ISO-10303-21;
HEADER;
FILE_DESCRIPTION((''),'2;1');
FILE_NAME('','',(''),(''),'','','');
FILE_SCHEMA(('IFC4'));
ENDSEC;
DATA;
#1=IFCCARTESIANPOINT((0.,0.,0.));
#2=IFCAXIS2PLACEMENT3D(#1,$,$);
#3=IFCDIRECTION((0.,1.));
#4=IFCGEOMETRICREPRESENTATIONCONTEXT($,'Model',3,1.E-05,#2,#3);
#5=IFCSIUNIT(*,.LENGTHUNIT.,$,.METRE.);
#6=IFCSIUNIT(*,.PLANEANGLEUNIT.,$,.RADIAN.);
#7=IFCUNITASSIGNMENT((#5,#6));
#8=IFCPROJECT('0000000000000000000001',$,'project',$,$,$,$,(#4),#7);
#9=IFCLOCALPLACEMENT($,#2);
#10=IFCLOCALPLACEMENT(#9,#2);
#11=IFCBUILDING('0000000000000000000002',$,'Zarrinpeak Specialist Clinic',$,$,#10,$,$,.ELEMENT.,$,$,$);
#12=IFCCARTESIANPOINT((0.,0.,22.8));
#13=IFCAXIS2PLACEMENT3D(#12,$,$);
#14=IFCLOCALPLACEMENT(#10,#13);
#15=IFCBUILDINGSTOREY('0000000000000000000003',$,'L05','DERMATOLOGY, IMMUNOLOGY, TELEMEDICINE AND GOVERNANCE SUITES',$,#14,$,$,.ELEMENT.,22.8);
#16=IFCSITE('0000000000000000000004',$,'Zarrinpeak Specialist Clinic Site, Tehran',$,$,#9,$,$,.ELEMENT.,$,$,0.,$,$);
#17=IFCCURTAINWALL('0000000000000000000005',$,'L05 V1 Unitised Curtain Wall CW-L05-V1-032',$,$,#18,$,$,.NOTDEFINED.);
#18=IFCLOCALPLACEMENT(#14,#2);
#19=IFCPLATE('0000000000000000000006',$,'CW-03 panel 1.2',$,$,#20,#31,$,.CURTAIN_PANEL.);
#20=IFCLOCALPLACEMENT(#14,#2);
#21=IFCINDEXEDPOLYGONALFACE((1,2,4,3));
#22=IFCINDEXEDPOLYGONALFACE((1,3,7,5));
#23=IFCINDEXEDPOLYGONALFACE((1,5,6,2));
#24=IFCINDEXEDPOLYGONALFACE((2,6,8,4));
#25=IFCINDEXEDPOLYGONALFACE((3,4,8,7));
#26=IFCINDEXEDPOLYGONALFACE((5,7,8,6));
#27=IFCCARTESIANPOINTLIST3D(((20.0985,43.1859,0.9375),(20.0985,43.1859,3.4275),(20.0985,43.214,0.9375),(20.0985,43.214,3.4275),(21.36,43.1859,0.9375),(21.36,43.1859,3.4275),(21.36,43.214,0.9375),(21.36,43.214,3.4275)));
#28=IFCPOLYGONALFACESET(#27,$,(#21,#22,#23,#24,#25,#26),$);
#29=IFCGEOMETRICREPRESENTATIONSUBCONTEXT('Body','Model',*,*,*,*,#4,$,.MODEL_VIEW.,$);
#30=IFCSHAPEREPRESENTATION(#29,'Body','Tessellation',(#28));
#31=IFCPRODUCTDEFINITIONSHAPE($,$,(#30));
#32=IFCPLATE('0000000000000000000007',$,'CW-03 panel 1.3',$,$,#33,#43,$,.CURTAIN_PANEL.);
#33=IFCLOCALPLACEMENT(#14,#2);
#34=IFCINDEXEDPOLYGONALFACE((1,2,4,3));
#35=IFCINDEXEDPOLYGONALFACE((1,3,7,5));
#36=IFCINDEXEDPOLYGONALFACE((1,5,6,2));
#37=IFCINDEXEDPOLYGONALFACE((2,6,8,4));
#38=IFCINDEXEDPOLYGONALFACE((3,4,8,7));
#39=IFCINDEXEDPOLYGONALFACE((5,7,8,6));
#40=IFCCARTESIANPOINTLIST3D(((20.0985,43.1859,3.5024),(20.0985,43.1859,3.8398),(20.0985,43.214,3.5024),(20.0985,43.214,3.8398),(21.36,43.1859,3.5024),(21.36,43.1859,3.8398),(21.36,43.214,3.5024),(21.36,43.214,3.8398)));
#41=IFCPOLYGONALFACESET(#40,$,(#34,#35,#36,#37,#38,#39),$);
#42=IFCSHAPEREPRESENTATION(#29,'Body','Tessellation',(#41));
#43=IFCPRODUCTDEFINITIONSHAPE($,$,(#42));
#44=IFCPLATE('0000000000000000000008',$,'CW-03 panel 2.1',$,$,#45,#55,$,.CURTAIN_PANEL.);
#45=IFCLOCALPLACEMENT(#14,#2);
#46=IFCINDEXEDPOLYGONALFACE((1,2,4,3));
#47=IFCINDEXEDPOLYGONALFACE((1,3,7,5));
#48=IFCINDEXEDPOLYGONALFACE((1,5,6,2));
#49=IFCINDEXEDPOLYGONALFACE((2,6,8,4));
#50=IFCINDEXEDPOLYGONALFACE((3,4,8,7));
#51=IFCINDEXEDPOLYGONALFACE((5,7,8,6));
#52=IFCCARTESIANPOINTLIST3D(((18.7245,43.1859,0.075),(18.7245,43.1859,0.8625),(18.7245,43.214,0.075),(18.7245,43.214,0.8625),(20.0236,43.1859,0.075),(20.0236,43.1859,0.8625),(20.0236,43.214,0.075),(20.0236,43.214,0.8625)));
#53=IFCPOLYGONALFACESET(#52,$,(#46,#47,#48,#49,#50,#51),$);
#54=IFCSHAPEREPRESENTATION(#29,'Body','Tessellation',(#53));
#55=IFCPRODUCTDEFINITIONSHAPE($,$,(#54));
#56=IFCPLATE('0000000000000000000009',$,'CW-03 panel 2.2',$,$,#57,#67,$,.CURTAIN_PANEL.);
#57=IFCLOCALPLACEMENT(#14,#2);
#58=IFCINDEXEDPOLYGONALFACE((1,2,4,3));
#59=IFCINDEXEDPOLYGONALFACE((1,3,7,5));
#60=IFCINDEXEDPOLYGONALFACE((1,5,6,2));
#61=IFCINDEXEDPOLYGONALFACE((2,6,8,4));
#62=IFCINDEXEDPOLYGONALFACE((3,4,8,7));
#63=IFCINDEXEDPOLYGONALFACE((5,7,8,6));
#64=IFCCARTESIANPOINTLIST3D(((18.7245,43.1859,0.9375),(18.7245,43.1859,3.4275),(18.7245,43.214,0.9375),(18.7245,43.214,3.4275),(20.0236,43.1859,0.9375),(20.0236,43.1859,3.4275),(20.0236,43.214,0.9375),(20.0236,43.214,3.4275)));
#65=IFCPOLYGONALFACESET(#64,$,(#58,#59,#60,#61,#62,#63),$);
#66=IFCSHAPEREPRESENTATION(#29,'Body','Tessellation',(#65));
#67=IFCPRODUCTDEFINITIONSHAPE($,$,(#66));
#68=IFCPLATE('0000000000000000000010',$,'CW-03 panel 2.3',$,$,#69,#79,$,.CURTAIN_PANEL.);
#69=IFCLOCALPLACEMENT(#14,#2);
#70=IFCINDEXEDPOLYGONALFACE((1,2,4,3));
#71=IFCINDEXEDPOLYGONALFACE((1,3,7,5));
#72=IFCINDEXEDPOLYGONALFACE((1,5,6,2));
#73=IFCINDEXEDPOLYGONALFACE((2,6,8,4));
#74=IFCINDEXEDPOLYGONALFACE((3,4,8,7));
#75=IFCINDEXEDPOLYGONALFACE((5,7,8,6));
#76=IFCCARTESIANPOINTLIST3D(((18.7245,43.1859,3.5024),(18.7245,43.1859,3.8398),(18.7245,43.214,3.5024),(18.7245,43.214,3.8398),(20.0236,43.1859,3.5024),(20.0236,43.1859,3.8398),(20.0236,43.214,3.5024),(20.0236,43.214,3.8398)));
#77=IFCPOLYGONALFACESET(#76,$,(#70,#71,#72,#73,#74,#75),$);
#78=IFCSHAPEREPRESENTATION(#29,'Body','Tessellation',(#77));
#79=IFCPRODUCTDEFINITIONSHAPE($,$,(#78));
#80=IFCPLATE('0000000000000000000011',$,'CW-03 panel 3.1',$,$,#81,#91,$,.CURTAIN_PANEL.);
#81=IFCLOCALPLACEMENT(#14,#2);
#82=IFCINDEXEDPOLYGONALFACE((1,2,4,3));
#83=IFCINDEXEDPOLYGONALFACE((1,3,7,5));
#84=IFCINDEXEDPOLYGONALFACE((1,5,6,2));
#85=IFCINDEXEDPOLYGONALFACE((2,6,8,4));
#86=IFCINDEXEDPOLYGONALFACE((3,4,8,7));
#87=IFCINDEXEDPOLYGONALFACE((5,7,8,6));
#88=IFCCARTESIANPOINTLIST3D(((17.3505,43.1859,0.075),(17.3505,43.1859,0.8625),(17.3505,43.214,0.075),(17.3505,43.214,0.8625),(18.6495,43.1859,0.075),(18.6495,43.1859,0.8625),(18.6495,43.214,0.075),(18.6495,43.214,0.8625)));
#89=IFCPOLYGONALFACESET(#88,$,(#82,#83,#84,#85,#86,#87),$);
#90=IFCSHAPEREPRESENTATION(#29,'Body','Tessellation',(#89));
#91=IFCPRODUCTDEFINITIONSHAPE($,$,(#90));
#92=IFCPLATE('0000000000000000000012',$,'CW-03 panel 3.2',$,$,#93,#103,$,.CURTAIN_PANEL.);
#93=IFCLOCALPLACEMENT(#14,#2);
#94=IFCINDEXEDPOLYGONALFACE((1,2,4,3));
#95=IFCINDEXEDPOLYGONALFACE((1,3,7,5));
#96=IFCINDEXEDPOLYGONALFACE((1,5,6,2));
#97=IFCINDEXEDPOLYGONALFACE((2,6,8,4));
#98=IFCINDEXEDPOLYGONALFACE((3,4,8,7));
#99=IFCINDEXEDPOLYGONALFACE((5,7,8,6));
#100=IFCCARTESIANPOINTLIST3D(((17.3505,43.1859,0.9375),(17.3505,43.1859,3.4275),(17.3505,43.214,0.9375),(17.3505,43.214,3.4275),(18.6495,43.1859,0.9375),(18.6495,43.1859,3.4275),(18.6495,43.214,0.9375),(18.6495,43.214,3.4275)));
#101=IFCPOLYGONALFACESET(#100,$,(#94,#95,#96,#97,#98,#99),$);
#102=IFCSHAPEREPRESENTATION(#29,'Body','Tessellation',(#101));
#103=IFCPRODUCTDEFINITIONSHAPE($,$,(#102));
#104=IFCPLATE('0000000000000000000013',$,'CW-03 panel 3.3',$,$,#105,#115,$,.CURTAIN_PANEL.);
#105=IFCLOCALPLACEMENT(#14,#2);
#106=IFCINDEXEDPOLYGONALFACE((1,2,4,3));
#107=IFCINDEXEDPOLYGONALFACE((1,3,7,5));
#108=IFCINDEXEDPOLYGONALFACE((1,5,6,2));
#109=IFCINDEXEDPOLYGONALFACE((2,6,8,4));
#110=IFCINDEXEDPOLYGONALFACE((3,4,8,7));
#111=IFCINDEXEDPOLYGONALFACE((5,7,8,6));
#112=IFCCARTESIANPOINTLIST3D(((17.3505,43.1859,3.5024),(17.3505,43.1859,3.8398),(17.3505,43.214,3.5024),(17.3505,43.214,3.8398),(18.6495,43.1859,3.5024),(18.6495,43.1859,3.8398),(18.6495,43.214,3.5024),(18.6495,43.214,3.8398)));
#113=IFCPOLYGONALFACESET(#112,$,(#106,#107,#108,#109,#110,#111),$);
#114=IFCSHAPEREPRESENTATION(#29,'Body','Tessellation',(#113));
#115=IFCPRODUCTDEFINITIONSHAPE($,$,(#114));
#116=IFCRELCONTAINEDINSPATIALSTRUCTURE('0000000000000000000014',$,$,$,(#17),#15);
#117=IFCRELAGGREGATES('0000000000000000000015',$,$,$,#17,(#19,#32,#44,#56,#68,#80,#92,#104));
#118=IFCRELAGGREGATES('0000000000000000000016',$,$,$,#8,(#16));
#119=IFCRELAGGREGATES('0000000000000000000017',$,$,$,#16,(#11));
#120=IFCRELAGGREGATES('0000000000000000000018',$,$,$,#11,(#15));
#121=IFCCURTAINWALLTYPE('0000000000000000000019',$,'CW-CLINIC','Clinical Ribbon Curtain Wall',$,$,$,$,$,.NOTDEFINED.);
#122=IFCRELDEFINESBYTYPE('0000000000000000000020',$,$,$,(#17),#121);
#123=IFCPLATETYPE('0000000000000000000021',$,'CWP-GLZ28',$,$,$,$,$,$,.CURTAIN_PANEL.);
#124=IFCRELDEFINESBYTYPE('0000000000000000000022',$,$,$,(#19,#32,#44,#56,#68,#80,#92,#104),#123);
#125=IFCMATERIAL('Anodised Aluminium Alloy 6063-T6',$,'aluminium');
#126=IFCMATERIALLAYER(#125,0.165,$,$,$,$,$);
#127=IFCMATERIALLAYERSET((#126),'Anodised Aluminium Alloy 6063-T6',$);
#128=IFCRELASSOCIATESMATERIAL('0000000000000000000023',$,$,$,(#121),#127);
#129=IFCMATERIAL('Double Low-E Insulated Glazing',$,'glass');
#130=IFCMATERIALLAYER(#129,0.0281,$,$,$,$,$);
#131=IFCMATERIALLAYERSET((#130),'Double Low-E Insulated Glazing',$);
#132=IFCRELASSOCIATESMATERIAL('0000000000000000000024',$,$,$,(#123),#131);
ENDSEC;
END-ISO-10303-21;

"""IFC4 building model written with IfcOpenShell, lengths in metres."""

from ifc_helpers import new_model, si_unit, direction, frame, origin, origin_2d, place, context, subcontext, project, spatial, rectangle, extrude, material, layer, layer_set, type_object, element, aggregate, save


model = new_model("IFC4")

# Units and contexts
model_context = context("Model", 3, precision=1e-05, world=origin(), true_north=direction((0.0, 1.0)))
body_context = subcontext(model_context, "Body", "Model", "MODEL_VIEW")
ifc_project = project(units=[si_unit("LENGTHUNIT", "METRE"), si_unit("PLANEANGLEUNIT", "RADIAN")], contexts=[model_context])

# Site, building, storey
site_placement = place(None, origin())
site = spatial("IfcSite", under=ifc_project, at=site_placement, Name="Zarrinpeak Specialist Clinic Site, Tehran", CompositionType="ELEMENT", RefElevation=0.0)
building_placement = place(site_placement, origin())
building = spatial("IfcBuilding", under=site, at=building_placement, Name="Zarrinpeak Specialist Clinic", CompositionType="ELEMENT")
storey_placement = place(building_placement, frame((0.0, 0.0, 22.8)))
storey = spatial("IfcBuildingStorey", under=building, at=storey_placement, Name="L05", Description="DERMATOLOGY, IMMUNOLOGY, TELEMEDICINE AND GOVERNANCE SUITES", CompositionType="ELEMENT", Elevation=22.8)

# Curtain wall, plates
ifc_material_1 = material(Name="Anodised Aluminium Alloy 6063-T6", Category="aluminium")
ifc_layer_1 = layer(ifc_material_1, 0.165)
ifc_layer_set_1 = layer_set([ifc_layer_1], Name="Anodised Aluminium Alloy 6063-T6")
curtain_wall_type = type_object("IfcCurtainWallType", Name="CW-CLINIC", Description="Clinical Ribbon Curtain Wall", PredefinedType="NOTDEFINED", material=ifc_layer_set_1)
curtain_wall_placement = place(storey_placement, origin())
curtain_wall = element("IfcCurtainWall", 1, at=curtain_wall_placement, inside=storey, type_object=curtain_wall_type, Name="L05 V1 Unitised Curtain Wall CW-L05-V1-032", PredefinedType="NOTDEFINED")
ifc_material_2 = material(Name="Double Low-E Insulated Glazing", Category="glass")
ifc_layer_2 = layer(ifc_material_2, 0.0281)
ifc_layer_set_2 = layer_set([ifc_layer_2], Name="Double Low-E Insulated Glazing")
plate_type = type_object("IfcPlateType", Name="CWP-GLZ28", PredefinedType="CURTAIN_PANEL", material=ifc_layer_set_2)
plate_1_placement = place(storey_placement, frame((20.7292, 43.2, 0.9375), z_axis=(0.0, 0.0, 1.0), x_axis=(-1.0, 0.0, 0.0)))
plate_1 = element("IfcPlate", 2, at=plate_1_placement, type_object=plate_type, Name="CW-03 panel 1.2", PredefinedType="CURTAIN_PANEL", context=body_context, shape_type="SweptSolid", body=[
    extrude(rectangle(XDim=1.2615, YDim=0.0281, at=origin_2d()), origin(), (0.0, 0.0, 1.0), 2.49),
])
plate_2_placement = place(storey_placement, frame((20.7292, 43.2, 3.5024), z_axis=(0.0, 0.0, 1.0), x_axis=(-1.0, 0.0, 0.0)))
plate_2 = element("IfcPlate", 3, at=plate_2_placement, type_object=plate_type, Name="CW-03 panel 1.3", PredefinedType="CURTAIN_PANEL", context=body_context, shape_type="SweptSolid", body=[
    extrude(rectangle(XDim=1.2615, YDim=0.0281, at=origin_2d()), origin(), (0.0, 0.0, 1.0), 0.3374),
])
plate_3_placement = place(storey_placement, frame((19.374, 43.2, 0.075), z_axis=(0.0, 0.0, 1.0), x_axis=(-1.0, 0.0, 0.0)))
plate_3 = element("IfcPlate", 4, at=plate_3_placement, type_object=plate_type, Name="CW-03 panel 2.1", PredefinedType="CURTAIN_PANEL", context=body_context, shape_type="SweptSolid", body=[
    extrude(rectangle(XDim=1.2991, YDim=0.0281, at=origin_2d()), origin(), (0.0, 0.0, 1.0), 0.7876),
])
plate_4_placement = place(storey_placement, frame((19.374, 43.2, 0.9375), z_axis=(0.0, 0.0, 1.0), x_axis=(-1.0, 0.0, 0.0)))
plate_4 = element("IfcPlate", 5, at=plate_4_placement, type_object=plate_type, Name="CW-03 panel 2.2", PredefinedType="CURTAIN_PANEL", context=body_context, shape_type="SweptSolid", body=[
    extrude(rectangle(XDim=1.2991, YDim=0.0281, at=origin_2d()), origin(), (0.0, 0.0, 1.0), 2.49),
])
plate_5_placement = place(storey_placement, frame((19.374, 43.2, 3.5024), z_axis=(0.0, 0.0, 1.0), x_axis=(-1.0, 0.0, 0.0)))
plate_5 = element("IfcPlate", 6, at=plate_5_placement, type_object=plate_type, Name="CW-03 panel 2.3", PredefinedType="CURTAIN_PANEL", context=body_context, shape_type="SweptSolid", body=[
    extrude(rectangle(XDim=1.2991, YDim=0.0281, at=origin_2d()), origin(), (0.0, 0.0, 1.0), 0.3374),
])
plate_6_placement = place(storey_placement, frame((18.0, 43.2, 0.075), z_axis=(0.0, 0.0, 1.0), x_axis=(-1.0, 0.0, 0.0)))
plate_6 = element("IfcPlate", 7, at=plate_6_placement, type_object=plate_type, Name="CW-03 panel 3.1", PredefinedType="CURTAIN_PANEL", context=body_context, shape_type="SweptSolid", body=[
    extrude(rectangle(XDim=1.2991, YDim=0.0281, at=origin_2d()), origin(), (0.0, 0.0, 1.0), 0.7876),
])
plate_7_placement = place(storey_placement, frame((18.0, 43.2, 0.9375), z_axis=(0.0, 0.0, 1.0), x_axis=(-1.0, 0.0, 0.0)))
plate_7 = element("IfcPlate", 8, at=plate_7_placement, type_object=plate_type, Name="CW-03 panel 3.2", PredefinedType="CURTAIN_PANEL", context=body_context, shape_type="SweptSolid", body=[
    extrude(rectangle(XDim=1.2991, YDim=0.0281, at=origin_2d()), origin(), (0.0, 0.0, 1.0), 2.49),
])
plate_8_placement = place(storey_placement, frame((18.0, 43.2, 3.5024), z_axis=(0.0, 0.0, 1.0), x_axis=(-1.0, 0.0, 0.0)))
plate_8 = element("IfcPlate", 9, at=plate_8_placement, type_object=plate_type, Name="CW-03 panel 3.3", PredefinedType="CURTAIN_PANEL", context=body_context, shape_type="SweptSolid", body=[
    extrude(rectangle(XDim=1.2991, YDim=0.0281, at=origin_2d()), origin(), (0.0, 0.0, 1.0), 0.3374),
])
aggregate(curtain_wall, [plate_1, plate_2, plate_3, plate_4, plate_5, plate_6, plate_7, plate_8])

save(model, "model.ifc")
